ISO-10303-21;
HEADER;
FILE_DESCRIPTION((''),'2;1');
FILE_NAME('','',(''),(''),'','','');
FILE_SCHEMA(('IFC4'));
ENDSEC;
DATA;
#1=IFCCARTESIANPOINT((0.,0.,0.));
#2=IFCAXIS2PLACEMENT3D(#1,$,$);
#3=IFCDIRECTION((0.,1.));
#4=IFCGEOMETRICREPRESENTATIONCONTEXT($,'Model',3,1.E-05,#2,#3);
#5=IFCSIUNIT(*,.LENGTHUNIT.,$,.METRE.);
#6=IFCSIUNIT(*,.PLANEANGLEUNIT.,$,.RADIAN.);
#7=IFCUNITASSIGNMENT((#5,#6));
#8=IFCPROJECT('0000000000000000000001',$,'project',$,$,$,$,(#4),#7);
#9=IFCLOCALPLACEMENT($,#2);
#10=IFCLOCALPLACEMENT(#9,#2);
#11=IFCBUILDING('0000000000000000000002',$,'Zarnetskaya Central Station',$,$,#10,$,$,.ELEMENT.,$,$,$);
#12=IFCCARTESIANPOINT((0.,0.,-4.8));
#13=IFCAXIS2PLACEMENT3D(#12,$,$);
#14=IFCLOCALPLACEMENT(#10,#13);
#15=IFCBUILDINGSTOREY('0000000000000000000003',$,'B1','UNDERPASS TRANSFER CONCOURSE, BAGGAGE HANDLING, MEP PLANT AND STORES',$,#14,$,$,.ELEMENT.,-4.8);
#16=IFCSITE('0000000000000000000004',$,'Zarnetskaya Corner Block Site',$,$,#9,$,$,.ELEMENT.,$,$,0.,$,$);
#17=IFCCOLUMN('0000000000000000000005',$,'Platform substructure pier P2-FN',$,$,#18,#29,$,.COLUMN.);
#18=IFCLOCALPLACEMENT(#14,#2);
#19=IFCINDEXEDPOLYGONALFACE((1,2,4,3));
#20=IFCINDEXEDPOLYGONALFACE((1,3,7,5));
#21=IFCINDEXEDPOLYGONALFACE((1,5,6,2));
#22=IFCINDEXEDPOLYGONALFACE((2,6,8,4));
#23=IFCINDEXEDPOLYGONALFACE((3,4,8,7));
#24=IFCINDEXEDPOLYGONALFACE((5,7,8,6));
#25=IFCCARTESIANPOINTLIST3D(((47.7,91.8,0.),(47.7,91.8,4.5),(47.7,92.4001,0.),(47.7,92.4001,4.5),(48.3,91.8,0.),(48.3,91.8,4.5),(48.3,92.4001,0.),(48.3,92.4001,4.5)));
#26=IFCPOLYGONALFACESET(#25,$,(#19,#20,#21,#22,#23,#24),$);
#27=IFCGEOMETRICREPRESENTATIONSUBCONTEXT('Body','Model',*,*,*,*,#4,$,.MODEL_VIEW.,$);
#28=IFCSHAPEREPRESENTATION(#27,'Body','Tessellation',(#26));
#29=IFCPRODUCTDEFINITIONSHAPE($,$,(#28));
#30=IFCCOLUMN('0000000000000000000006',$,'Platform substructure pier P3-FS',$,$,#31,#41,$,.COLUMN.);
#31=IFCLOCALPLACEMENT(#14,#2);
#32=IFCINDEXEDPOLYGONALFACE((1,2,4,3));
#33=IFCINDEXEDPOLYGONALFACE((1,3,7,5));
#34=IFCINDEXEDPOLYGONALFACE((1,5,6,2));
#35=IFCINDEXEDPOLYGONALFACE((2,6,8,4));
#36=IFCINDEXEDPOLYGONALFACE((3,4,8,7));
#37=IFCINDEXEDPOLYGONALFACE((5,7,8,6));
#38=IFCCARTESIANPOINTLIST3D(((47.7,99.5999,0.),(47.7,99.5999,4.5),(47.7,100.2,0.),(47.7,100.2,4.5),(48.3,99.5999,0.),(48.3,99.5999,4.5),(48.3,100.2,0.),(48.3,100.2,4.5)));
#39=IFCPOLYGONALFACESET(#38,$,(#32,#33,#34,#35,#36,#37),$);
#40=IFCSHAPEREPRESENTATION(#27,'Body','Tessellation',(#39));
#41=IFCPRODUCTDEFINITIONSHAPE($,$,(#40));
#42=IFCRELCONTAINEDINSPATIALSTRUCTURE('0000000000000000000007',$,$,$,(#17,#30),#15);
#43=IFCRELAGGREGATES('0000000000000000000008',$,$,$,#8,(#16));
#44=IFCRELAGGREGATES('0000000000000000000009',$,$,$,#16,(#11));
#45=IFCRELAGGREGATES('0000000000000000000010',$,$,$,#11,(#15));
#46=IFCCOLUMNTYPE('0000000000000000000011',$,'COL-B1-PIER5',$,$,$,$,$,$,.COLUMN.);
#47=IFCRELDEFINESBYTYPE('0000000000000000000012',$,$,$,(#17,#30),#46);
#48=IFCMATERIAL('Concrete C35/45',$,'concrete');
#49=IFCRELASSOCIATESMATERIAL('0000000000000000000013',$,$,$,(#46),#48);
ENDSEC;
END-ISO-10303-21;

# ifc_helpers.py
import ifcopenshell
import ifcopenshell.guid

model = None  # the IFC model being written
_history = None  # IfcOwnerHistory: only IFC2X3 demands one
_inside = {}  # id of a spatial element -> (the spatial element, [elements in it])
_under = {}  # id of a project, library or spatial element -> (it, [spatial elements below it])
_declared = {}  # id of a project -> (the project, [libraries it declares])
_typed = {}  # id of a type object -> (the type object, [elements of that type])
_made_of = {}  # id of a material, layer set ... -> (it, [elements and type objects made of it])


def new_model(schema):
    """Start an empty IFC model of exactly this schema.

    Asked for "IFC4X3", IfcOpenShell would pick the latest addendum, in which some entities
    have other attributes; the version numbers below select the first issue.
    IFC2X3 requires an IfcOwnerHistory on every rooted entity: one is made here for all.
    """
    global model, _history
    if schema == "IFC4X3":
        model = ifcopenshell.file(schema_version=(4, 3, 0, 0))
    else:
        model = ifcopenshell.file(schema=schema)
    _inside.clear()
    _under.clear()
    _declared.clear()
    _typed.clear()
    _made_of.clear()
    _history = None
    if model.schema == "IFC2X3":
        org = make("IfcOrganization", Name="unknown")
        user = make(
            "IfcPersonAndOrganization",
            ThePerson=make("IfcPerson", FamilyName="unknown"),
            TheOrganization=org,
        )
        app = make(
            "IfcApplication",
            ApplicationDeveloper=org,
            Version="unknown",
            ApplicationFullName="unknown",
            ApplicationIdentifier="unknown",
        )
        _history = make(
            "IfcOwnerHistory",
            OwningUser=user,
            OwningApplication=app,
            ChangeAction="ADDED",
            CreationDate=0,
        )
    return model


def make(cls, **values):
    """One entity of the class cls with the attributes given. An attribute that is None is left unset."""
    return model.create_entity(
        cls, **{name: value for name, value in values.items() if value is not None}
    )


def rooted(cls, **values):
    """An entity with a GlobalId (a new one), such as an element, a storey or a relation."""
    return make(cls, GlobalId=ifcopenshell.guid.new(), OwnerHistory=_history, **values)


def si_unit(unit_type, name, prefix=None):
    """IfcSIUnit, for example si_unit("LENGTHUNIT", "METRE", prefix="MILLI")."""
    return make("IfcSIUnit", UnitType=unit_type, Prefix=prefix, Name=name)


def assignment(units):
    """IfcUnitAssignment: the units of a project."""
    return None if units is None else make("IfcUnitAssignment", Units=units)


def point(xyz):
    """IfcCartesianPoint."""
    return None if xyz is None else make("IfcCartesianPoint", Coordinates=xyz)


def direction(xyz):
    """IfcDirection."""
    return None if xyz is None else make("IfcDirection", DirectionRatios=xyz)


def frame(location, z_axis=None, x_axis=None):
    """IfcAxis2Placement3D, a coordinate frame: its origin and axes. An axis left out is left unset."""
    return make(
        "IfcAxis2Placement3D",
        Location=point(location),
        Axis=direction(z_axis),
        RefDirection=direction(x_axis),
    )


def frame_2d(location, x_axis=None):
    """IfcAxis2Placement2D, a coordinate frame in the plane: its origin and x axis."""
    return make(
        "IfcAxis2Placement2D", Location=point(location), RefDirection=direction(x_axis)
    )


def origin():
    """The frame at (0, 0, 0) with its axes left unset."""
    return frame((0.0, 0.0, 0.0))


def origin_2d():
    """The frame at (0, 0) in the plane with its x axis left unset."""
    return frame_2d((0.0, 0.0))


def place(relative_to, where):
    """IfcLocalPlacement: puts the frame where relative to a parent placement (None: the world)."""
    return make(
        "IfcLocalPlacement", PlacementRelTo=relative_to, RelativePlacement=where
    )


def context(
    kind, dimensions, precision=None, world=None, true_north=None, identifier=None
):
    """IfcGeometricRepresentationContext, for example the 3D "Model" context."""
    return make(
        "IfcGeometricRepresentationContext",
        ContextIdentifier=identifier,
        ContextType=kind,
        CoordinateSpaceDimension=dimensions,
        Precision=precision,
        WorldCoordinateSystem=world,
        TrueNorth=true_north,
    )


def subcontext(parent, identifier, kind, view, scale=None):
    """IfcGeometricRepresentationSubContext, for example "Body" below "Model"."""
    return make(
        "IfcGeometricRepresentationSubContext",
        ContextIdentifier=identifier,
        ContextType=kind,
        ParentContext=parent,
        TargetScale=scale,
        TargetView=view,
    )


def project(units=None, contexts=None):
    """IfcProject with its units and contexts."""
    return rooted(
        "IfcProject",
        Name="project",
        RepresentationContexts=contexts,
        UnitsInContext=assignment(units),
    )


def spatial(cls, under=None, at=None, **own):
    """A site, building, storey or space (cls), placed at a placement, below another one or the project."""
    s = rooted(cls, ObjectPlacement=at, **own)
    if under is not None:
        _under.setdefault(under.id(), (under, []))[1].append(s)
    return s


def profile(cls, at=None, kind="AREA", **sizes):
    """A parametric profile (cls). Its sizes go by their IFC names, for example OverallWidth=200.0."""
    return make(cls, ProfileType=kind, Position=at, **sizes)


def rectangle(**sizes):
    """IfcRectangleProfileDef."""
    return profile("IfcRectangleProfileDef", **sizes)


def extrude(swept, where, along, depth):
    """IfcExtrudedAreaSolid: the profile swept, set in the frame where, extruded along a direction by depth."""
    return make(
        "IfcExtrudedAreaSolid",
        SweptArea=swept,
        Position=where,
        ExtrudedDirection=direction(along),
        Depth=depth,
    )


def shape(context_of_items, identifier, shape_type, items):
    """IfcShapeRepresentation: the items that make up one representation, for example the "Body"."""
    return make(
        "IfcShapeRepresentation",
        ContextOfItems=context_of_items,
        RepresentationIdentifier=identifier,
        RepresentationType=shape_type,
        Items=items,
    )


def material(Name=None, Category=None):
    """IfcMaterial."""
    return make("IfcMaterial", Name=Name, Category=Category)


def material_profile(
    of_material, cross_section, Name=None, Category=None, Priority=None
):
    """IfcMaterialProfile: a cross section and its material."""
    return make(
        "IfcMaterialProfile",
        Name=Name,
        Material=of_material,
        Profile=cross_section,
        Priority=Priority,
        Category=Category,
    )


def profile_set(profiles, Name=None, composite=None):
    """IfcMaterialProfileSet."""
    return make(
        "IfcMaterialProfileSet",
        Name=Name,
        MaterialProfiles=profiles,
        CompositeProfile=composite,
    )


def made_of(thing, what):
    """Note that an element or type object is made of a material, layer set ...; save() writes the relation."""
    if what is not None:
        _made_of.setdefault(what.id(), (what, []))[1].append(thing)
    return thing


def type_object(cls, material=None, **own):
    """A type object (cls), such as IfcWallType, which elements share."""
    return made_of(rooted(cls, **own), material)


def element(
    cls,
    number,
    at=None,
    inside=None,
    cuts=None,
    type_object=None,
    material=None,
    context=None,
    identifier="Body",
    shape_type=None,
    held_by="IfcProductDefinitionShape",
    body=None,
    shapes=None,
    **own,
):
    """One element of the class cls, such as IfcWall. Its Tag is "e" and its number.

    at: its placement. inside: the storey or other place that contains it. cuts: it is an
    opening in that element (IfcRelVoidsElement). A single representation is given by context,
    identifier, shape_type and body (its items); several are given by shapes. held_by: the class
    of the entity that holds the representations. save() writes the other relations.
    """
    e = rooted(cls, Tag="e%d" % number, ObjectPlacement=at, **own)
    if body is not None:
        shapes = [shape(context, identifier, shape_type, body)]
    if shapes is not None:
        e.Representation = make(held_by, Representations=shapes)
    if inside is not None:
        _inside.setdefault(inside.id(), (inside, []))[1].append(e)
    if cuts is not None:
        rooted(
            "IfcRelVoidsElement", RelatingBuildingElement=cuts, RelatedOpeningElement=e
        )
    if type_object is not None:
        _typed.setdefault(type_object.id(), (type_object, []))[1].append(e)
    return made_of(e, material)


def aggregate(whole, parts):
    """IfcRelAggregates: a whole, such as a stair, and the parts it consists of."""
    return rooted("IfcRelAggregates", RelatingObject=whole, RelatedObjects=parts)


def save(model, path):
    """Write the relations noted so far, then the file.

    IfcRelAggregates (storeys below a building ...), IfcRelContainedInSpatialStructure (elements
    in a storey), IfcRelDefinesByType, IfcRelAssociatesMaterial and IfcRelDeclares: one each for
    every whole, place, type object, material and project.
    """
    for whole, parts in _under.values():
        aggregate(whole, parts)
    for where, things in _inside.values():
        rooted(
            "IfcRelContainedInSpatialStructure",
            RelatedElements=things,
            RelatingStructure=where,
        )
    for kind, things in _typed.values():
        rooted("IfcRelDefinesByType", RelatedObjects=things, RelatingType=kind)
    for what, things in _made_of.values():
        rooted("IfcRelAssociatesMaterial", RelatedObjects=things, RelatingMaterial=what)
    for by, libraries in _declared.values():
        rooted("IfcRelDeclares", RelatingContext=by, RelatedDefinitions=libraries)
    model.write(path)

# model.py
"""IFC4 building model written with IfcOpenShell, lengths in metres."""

from ifc_helpers import new_model, si_unit, direction, frame, origin, origin_2d, place, context, subcontext, project, spatial, rectangle, extrude, material, material_profile, profile_set, type_object, element, save


model = new_model("IFC4")

# Units and contexts
model_context = context("Model", 3, precision=1e-05, world=origin(), true_north=direction((0.0, 1.0)))
body_context = subcontext(model_context, "Body", "Model", "MODEL_VIEW")
ifc_project = project(units=[si_unit("LENGTHUNIT", "METRE"), si_unit("PLANEANGLEUNIT", "RADIAN")], contexts=[model_context])

# Site, building, storey
site_placement = place(None, origin())
site = spatial("IfcSite", under=ifc_project, at=site_placement, Name="Zarnetskaya Corner Block Site", CompositionType="ELEMENT", RefElevation=0.0)
building_placement = place(site_placement, origin())
building = spatial("IfcBuilding", under=site, at=building_placement, Name="Zarnetskaya Central Station", CompositionType="ELEMENT")
storey_placement = place(building_placement, frame((0.0, 0.0, -4.8)))
storey = spatial("IfcBuildingStorey", under=building, at=storey_placement, Name="B1", Description="UNDERPASS TRANSFER CONCOURSE, BAGGAGE HANDLING, MEP PLANT AND STORES", CompositionType="ELEMENT", Elevation=-4.8)

# Shared definitions
ifc_material = material(Name="Concrete C35/45", Category="concrete")

# Columns
ifc_material_profile_1 = material_profile(ifc_material, rectangle(XDim=0.6001, YDim=0.6001, at=origin_2d()), Name="RC 600x600")
ifc_profile_set_1 = profile_set([ifc_material_profile_1], Name="Concrete C35/45")
column_type_1 = type_object("IfcColumnType", Name="COL-B1-PIER5", PredefinedType="COLUMN", material=ifc_profile_set_1)
for number, where, z_axis, x_axis, name in (
    (1, (48.0, 92.1001, 0.0), (0.0, 0.0, 1.0), (1.0, 0.0, 0.0), "Platform substructure pier P2-FN"),
    (2, (48.0, 99.8999, 0.0), (0.0, 0.0, 1.0), (1.0, 0.0, 0.0), "Platform substructure pier P3-FS"),
):
    element("IfcColumn", number, at=place(storey_placement, frame(where, z_axis=z_axis, x_axis=x_axis)), inside=storey, type_object=column_type_1, Name=name, PredefinedType="COLUMN", context=body_context, shape_type="SweptSolid", body=[
        extrude(rectangle(XDim=0.6001, YDim=0.6001, at=origin_2d()), origin(), (0.0, 0.0, 1.0), 4.5),
    ])

save(model, "model.ifc")
